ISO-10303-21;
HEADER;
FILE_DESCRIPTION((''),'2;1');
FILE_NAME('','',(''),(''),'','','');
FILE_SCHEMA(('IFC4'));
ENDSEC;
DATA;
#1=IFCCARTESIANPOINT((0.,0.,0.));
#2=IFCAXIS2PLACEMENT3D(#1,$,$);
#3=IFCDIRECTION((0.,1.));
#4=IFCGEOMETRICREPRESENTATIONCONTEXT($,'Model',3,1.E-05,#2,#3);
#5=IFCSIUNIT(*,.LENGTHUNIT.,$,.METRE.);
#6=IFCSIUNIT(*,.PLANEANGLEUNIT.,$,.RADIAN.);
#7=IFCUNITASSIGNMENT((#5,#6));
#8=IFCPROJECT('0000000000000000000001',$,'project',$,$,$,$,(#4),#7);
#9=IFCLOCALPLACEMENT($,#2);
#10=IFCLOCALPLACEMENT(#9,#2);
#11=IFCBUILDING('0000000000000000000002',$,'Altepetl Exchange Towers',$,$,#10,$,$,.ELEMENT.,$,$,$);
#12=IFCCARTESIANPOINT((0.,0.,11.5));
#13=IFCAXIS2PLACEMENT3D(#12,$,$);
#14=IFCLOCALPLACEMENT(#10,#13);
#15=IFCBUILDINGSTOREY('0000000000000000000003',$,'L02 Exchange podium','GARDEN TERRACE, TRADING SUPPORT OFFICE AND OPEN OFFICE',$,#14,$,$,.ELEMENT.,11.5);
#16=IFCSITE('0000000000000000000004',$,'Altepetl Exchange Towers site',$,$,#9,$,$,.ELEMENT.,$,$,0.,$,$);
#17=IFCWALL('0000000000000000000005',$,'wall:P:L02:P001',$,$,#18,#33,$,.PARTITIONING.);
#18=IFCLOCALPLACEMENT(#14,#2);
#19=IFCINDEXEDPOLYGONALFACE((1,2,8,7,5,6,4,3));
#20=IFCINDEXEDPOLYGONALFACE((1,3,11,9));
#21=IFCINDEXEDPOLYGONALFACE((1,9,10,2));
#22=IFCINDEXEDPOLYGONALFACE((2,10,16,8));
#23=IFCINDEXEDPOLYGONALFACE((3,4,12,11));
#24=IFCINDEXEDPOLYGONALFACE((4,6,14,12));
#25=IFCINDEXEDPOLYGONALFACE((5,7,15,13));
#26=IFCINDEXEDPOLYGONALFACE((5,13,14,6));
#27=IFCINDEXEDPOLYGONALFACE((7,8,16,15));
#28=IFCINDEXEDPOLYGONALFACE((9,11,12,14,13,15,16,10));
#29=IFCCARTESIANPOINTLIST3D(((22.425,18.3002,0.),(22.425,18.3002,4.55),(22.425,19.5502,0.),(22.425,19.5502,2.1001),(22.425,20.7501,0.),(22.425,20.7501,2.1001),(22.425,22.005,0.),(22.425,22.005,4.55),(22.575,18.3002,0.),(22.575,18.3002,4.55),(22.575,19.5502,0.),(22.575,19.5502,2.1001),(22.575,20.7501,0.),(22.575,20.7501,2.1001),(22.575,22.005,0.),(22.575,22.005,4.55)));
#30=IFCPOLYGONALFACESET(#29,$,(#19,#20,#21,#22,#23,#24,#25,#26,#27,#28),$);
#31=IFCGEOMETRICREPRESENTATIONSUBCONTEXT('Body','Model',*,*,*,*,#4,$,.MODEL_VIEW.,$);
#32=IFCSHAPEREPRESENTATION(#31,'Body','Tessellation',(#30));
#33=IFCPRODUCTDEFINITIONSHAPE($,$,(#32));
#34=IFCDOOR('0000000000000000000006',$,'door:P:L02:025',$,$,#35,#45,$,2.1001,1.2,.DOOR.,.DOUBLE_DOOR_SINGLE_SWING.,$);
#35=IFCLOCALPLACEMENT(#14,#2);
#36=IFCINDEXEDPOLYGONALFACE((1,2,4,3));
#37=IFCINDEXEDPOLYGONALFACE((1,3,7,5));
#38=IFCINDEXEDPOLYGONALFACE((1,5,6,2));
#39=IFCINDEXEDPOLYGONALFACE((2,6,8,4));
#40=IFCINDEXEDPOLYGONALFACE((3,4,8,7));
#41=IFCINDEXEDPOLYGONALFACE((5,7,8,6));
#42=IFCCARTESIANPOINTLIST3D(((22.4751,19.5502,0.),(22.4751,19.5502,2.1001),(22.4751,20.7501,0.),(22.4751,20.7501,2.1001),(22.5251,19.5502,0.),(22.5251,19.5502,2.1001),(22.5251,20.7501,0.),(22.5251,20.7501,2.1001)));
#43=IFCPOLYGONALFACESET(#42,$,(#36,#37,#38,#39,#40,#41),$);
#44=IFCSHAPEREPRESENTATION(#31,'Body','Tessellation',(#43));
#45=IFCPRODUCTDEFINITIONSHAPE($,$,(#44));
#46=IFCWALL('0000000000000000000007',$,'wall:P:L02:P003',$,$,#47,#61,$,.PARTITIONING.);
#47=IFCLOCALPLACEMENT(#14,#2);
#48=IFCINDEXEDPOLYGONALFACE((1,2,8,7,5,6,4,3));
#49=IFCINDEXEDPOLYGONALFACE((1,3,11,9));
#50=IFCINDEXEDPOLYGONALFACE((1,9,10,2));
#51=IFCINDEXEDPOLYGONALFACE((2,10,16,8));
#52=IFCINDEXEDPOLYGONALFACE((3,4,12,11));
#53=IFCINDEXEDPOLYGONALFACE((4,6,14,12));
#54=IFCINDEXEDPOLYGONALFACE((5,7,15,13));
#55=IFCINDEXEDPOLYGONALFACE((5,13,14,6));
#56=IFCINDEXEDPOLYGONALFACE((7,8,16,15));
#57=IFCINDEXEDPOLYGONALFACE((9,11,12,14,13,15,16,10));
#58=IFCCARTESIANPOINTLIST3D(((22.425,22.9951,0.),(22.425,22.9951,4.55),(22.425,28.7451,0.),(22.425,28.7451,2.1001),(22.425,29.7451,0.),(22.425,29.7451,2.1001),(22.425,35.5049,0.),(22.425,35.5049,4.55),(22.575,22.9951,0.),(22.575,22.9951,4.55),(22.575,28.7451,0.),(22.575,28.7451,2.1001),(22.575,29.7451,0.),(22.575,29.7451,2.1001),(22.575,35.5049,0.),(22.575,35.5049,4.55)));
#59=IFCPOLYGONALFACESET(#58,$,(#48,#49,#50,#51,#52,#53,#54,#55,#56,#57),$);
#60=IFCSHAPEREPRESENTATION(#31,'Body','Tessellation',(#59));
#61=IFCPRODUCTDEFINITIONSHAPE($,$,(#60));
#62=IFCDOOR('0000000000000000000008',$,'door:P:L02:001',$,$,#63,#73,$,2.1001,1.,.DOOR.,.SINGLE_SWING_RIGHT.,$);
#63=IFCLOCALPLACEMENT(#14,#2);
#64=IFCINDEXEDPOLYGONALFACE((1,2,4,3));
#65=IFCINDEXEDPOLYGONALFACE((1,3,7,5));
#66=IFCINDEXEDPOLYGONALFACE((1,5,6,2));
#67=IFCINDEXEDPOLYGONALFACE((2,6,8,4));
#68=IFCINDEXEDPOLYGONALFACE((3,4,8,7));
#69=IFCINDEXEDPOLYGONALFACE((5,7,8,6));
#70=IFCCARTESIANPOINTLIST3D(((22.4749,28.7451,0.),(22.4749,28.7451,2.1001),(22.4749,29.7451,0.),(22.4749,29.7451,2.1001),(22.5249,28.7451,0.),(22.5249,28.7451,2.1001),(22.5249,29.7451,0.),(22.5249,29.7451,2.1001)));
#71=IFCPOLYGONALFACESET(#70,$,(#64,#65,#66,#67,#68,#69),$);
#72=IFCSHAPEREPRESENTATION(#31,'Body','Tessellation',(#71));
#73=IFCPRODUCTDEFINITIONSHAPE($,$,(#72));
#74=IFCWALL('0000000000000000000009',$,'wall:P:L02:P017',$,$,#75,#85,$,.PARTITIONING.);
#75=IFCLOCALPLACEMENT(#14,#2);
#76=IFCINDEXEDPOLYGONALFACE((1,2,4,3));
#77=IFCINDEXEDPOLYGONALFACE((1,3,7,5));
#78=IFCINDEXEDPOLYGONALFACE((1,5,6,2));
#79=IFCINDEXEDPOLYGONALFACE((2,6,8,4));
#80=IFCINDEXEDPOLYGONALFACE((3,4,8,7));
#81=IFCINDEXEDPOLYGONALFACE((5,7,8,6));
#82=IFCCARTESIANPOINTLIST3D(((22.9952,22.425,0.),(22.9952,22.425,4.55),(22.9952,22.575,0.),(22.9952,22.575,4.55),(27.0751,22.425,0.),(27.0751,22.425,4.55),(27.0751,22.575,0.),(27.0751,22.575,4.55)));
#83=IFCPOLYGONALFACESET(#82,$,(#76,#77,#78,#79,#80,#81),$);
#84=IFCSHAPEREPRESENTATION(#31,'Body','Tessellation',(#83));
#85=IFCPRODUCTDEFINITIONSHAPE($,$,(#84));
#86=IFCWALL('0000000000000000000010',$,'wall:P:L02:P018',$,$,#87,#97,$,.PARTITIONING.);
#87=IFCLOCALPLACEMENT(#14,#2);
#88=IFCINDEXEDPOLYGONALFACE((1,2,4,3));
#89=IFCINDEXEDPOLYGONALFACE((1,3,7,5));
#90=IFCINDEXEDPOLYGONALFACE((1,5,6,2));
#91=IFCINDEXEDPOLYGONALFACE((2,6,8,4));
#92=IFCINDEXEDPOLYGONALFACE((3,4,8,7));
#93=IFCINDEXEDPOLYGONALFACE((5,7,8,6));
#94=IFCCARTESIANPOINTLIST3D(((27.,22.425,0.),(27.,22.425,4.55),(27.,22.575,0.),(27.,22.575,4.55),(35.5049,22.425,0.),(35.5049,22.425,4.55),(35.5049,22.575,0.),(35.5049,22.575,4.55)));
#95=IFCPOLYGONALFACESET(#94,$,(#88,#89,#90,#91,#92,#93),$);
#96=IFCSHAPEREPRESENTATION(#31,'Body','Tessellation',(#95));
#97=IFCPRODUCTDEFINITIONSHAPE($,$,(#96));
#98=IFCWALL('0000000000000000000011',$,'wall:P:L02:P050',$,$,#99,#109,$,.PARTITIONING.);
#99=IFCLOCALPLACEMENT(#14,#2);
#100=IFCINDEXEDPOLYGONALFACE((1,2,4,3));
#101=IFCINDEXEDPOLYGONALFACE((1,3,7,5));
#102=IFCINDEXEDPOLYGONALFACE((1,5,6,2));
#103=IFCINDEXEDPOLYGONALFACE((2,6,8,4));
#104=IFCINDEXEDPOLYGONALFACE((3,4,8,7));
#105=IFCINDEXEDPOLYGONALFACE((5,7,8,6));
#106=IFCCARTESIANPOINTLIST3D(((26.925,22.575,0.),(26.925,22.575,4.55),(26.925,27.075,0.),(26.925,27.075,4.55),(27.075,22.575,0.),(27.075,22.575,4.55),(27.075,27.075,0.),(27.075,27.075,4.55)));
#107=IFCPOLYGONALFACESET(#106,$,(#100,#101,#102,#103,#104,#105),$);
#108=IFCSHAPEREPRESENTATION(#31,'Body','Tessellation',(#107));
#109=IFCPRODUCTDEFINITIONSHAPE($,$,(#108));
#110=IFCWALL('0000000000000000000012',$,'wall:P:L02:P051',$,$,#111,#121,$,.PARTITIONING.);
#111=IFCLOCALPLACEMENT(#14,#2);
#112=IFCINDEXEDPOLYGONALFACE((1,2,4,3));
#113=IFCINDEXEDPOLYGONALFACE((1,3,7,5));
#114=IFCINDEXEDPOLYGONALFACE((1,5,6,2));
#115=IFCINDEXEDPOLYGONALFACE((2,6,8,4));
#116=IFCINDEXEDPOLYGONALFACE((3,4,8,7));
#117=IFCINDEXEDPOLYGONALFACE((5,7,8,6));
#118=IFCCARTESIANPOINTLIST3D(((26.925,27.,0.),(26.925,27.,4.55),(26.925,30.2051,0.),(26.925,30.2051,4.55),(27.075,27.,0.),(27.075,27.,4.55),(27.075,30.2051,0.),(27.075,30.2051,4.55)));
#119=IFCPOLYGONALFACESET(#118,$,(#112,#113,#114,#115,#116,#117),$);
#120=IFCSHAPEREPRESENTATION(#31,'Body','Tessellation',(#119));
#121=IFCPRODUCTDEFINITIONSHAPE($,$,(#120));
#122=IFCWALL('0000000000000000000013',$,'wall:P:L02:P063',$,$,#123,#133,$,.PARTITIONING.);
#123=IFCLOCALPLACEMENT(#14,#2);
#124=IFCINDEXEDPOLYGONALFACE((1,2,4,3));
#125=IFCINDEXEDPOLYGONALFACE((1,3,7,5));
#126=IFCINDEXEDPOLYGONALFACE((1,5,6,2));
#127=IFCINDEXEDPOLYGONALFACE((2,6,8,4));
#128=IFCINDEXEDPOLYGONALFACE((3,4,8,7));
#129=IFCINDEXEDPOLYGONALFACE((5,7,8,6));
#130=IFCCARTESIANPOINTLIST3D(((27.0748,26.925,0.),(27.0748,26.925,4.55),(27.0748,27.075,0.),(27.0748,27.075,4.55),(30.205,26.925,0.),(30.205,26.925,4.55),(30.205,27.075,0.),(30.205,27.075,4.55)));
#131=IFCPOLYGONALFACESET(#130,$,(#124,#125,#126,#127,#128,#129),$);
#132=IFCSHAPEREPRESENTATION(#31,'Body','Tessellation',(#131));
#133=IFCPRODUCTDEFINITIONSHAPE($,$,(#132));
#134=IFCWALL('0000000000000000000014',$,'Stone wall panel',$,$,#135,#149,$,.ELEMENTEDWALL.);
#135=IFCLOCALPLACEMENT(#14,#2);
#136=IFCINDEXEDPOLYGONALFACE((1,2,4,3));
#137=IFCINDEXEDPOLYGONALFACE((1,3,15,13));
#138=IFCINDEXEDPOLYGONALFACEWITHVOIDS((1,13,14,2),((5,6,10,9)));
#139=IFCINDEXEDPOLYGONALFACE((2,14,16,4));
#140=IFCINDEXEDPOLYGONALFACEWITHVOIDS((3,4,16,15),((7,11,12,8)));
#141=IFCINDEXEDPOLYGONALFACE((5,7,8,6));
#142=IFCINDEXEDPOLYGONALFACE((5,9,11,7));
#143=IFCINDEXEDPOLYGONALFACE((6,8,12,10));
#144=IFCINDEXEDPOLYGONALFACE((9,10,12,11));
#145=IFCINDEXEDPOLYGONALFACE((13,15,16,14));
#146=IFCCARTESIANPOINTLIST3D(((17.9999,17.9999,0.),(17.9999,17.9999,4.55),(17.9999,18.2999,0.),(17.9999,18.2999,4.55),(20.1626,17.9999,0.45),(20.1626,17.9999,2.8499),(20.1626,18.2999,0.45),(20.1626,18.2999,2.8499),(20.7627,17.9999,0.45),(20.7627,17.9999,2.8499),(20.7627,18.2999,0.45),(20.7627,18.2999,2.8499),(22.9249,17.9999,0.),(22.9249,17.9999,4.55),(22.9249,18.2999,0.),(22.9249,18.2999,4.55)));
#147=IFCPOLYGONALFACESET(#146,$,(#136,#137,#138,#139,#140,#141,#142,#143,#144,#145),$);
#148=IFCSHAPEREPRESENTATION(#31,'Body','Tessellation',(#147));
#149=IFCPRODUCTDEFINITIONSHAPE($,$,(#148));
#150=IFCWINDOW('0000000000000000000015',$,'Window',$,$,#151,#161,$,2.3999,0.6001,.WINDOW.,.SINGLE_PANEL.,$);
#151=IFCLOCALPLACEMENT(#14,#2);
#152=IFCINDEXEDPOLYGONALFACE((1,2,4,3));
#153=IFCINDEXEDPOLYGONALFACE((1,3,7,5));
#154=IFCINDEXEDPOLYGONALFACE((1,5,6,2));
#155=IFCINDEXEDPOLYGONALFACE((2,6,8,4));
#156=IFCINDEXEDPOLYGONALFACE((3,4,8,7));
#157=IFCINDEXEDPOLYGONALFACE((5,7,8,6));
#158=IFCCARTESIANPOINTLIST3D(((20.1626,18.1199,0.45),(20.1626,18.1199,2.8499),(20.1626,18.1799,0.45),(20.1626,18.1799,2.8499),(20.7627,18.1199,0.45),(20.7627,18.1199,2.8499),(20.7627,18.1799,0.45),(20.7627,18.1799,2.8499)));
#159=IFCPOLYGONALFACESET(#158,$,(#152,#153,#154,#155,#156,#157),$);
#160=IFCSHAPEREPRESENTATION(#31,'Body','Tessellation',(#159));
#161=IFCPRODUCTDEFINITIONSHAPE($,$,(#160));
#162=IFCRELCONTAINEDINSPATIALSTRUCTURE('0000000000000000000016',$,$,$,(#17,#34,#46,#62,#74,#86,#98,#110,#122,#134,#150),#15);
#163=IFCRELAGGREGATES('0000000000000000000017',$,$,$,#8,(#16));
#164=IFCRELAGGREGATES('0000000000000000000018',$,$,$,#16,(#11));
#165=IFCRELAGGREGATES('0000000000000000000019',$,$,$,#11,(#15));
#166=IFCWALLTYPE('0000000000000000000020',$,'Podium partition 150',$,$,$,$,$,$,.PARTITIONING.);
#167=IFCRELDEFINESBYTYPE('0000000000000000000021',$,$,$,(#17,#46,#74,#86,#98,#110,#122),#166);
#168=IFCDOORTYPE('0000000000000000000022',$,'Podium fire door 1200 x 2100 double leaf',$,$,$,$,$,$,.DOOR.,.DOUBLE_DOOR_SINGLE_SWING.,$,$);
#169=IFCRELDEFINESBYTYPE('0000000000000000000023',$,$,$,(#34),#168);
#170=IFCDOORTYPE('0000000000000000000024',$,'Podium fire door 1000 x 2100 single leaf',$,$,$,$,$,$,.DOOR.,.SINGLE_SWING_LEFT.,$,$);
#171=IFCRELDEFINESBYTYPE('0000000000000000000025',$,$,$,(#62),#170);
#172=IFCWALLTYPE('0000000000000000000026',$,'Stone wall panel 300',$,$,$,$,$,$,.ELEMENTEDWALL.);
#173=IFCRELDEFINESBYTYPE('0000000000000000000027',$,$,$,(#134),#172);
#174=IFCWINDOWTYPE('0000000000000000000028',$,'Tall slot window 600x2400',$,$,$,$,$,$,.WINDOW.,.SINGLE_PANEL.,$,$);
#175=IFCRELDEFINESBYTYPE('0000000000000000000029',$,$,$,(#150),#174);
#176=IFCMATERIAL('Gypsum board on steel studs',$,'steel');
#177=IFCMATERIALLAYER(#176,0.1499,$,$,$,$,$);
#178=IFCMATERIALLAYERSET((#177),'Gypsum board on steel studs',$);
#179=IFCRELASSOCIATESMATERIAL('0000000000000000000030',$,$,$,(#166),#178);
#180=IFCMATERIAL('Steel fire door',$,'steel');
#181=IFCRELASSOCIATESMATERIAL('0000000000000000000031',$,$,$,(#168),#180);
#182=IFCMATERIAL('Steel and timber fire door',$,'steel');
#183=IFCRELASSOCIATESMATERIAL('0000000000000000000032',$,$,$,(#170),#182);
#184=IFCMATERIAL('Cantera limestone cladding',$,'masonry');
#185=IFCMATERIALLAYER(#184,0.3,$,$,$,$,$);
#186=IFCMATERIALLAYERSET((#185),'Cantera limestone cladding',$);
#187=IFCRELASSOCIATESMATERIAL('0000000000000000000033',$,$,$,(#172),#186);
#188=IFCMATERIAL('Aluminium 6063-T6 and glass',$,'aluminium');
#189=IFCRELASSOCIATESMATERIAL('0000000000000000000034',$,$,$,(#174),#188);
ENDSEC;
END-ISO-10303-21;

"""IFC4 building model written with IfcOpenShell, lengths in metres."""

from ifc_helpers import new_model, si_unit, direction, frame, frame_2d, origin, place, context, subcontext, project, spatial, rectangle, extrude, material, layer, layer_set, type_object, element, fill, save


model = new_model("IFC4")

# Units and contexts
model_context = context("Model", 3, precision=1e-05, world=origin(), true_north=direction((0.0, 1.0)))
body_context = subcontext(model_context, "Body", "Model", "MODEL_VIEW")
ifc_project = project(units=[si_unit("LENGTHUNIT", "METRE"), si_unit("PLANEANGLEUNIT", "RADIAN")], contexts=[model_context])

# Site, building, storey
site_placement = place(None, origin())
site = spatial("IfcSite", under=ifc_project, at=site_placement, Name="Altepetl Exchange Towers site", CompositionType="ELEMENT", RefElevation=0.0)
building_placement = place(site_placement, origin())
building = spatial("IfcBuilding", under=site, at=building_placement, Name="Altepetl Exchange Towers", CompositionType="ELEMENT")
storey_placement = place(building_placement, frame((0.0, 0.0, 11.5)))
storey = spatial("IfcBuildingStorey", under=building, at=storey_placement, Name="L02 Exchange podium", Description="GARDEN TERRACE, TRADING SUPPORT OFFICE AND OPEN OFFICE", CompositionType="ELEMENT", Elevation=11.5)

# Shared definitions
ifc_material_1 = material(Name="Aluminium 6063-T6 and glass", Category="aluminium")

# Walls, openings, doors
ifc_material_2 = material(Name="Gypsum board on steel studs", Category="steel")
ifc_layer_1 = layer(ifc_material_2, 0.1499)
ifc_layer_set_1 = layer_set([ifc_layer_1], Name="Gypsum board on steel studs")
wall_type_1 = type_object("IfcWallType", Name="Podium partition 150", PredefinedType="PARTITIONING", material=ifc_layer_set_1)
wall_1_placement = place(storey_placement, frame((22.5, 18.3, 0.0), z_axis=(0.0, 0.0, 1.0), x_axis=(0.0, 1.0, 0.0)))
wall_1 = element("IfcWall", 1, at=wall_1_placement, inside=storey, type_object=wall_type_1, Name="wall:P:L02:P001", PredefinedType="PARTITIONING", context=body_context, shape_type="SweptSolid", body=[
    extrude(rectangle(XDim=3.7048, YDim=0.1499, at=frame_2d((1.8525, 0.0))), origin(), (0.0, 0.0, 1.0), 4.55),
])
opening_1_placement = place(wall_1_placement, frame((1.25, 0.0, 0.0)))
opening_1 = element("IfcOpeningElement", 2, at=opening_1_placement, cuts=wall_1, PredefinedType="OPENING", context=body_context, shape_type="SweptSolid", body=[
    extrude(rectangle(XDim=1.2, YDim=2.1001, at=frame_2d((0.6001, 1.05))), frame((0.0, 0.085, 0.0), z_axis=(0.0, -1.0, 0.0), x_axis=(1.0, 0.0, 0.0)), (0.0, 0.0, 1.0), 0.1699),
])
ifc_material_3 = material(Name="Steel fire door", Category="steel")
door_type_1 = type_object("IfcDoorType", Name="Podium fire door 1200 x 2100 double leaf", OperationType="DOUBLE_DOOR_SINGLE_SWING", PredefinedType="DOOR", material=ifc_material_3)
door_1_placement = place(opening_1_placement, origin())
door_1 = element("IfcDoor", 3, at=door_1_placement, inside=storey, type_object=door_type_1, Name="door:P:L02:025", OperationType="DOUBLE_DOOR_SINGLE_SWING", OverallHeight=2.1001, OverallWidth=1.2, PredefinedType="DOOR", context=body_context, shape_type="SweptSolid", body=[
    extrude(rectangle(XDim=1.2, YDim=2.1001, at=frame_2d((0.6001, 1.05))), frame((0.0, 0.0249, 0.0), z_axis=(0.0, -1.0, 0.0), x_axis=(1.0, 0.0, 0.0)), (0.0, 0.0, 1.0), 0.05),
])
fill(opening_1, door_1)
wall_2_placement = place(storey_placement, frame((22.5, 22.9951, 0.0), z_axis=(0.0, 0.0, 1.0), x_axis=(0.0, 1.0, 0.0)))
wall_2 = element("IfcWall", 4, at=wall_2_placement, inside=storey, type_object=wall_type_1, Name="wall:P:L02:P003", PredefinedType="PARTITIONING", context=body_context, shape_type="SweptSolid", body=[
    extrude(rectangle(XDim=12.5098, YDim=0.1499, at=frame_2d((6.2549, 0.0))), origin(), (0.0, 0.0, 1.0), 4.55),
])
opening_2_placement = place(wall_2_placement, frame((5.75, 0.0, 0.0)))
opening_2 = element("IfcOpeningElement", 5, at=opening_2_placement, cuts=wall_2, PredefinedType="OPENING", context=body_context, shape_type="SweptSolid", body=[
    extrude(rectangle(XDim=1.0, YDim=2.1001, at=frame_2d((0.5, 1.05))), frame((0.0, 0.085, 0.0), z_axis=(0.0, -1.0, 0.0), x_axis=(1.0, 0.0, 0.0)), (0.0, 0.0, 1.0), 0.1699),
])
ifc_material_4 = material(Name="Steel and timber fire door", Category="steel")
door_type_2 = type_object("IfcDoorType", Name="Podium fire door 1000 x 2100 single leaf", OperationType="SINGLE_SWING_LEFT", PredefinedType="DOOR", material=ifc_material_4)
door_2_placement = place(opening_2_placement, frame((1.0, 0.0, 0.0), x_axis=(-1.0, 0.0, 0.0)))
door_2 = element("IfcDoor", 6, at=door_2_placement, inside=storey, type_object=door_type_2, Name="door:P:L02:001", OperationType="SINGLE_SWING_RIGHT", OverallHeight=2.1001, OverallWidth=1.0, PredefinedType="DOOR", context=body_context, shape_type="SweptSolid", body=[
    extrude(rectangle(XDim=1.0, YDim=2.1001, at=frame_2d((0.5, 1.05))), frame((0.0, 0.0249, 0.0), z_axis=(0.0, -1.0, 0.0), x_axis=(1.0, 0.0, 0.0)), (0.0, 0.0, 1.0), 0.05),
])
fill(opening_2, door_2)

# Walls
wall_3_placement = place(storey_placement, frame((22.9951, 22.5, 0.0)))
element("IfcWall", 7, at=wall_3_placement, inside=storey, type_object=wall_type_1, Name="wall:P:L02:P017", PredefinedType="PARTITIONING", context=body_context, shape_type="SweptSolid", body=[
    extrude(rectangle(XDim=4.0798, YDim=0.1499, at=frame_2d((2.04, 0.0))), origin(), (0.0, 0.0, 1.0), 4.55),
])
wall_4_placement = place(storey_placement, frame((27.0, 22.5, 0.0)))
element("IfcWall", 8, at=wall_4_placement, inside=storey, type_object=wall_type_1, Name="wall:P:L02:P018", PredefinedType="PARTITIONING", context=body_context, shape_type="SweptSolid", body=[
    extrude(rectangle(XDim=8.5049, YDim=0.1499, at=frame_2d((4.2524, 0.0))), origin(), (0.0, 0.0, 1.0), 4.55),
])
wall_5_placement = place(storey_placement, frame((27.0, 22.575, 0.0), z_axis=(0.0, 0.0, 1.0), x_axis=(0.0, 1.0, 0.0)))
element("IfcWall", 9, at=wall_5_placement, inside=storey, type_object=wall_type_1, Name="wall:P:L02:P050", PredefinedType="PARTITIONING", context=body_context, shape_type="SweptSolid", body=[
    extrude(rectangle(XDim=4.5, YDim=0.1499, at=frame_2d((2.25, 0.0))), origin(), (0.0, 0.0, 1.0), 4.55),
])
wall_6_placement = place(storey_placement, frame((27.0, 27.0, 0.0), z_axis=(0.0, 0.0, 1.0), x_axis=(0.0, 1.0, 0.0)))
element("IfcWall", 10, at=wall_6_placement, inside=storey, type_object=wall_type_1, Name="wall:P:L02:P051", PredefinedType="PARTITIONING", context=body_context, shape_type="SweptSolid", body=[
    extrude(rectangle(XDim=3.2051, YDim=0.1499, at=frame_2d((1.6025, 0.0))), origin(), (0.0, 0.0, 1.0), 4.55),
])
wall_7_placement = place(storey_placement, frame((27.075, 27.0, 0.0)))
element("IfcWall", 11, at=wall_7_placement, inside=storey, type_object=wall_type_1, Name="wall:P:L02:P063", PredefinedType="PARTITIONING", context=body_context, shape_type="SweptSolid", body=[
    extrude(rectangle(XDim=3.1301, YDim=0.1499, at=frame_2d((1.5649, 0.0))), origin(), (0.0, 0.0, 1.0), 4.55),
])

# Wall, opening, window
ifc_material_5 = material(Name="Cantera limestone cladding", Category="masonry")
ifc_layer_2 = layer(ifc_material_5, 0.3)
ifc_layer_set_2 = layer_set([ifc_layer_2], Name="Cantera limestone cladding")
wall_type_2 = type_object("IfcWallType", Name="Stone wall panel 300", PredefinedType="ELEMENTEDWALL", material=ifc_layer_set_2)
wall_8_placement = place(storey_placement, frame((18.0, 18.1499, 0.0)))
wall_8 = element("IfcWall", 12, at=wall_8_placement, inside=storey, type_object=wall_type_2, Name="Stone wall panel", PredefinedType="ELEMENTEDWALL", context=body_context, shape_type="SweptSolid", body=[
    extrude(rectangle(XDim=4.925, YDim=0.3, at=frame_2d((2.4624, 0.0))), origin(), (0.0, 0.0, 1.0), 4.55),
])
opening_3_placement = place(wall_8_placement, frame((2.1626, 0.0, 0.45)))
opening_3 = element("IfcOpeningElement", 13, at=opening_3_placement, cuts=wall_8, PredefinedType="OPENING", context=body_context, shape_type="SweptSolid", body=[
    extrude(rectangle(XDim=0.6001, YDim=2.3999, at=frame_2d((0.3, 1.2))), frame((0.0, 0.1602, 0.0), z_axis=(0.0, -1.0, 0.0), x_axis=(1.0, 0.0, 0.0)), (0.0, 0.0, 1.0), 0.3201),
])
window_type = type_object("IfcWindowType", Name="Tall slot window 600x2400", PartitioningType="SINGLE_PANEL", PredefinedType="WINDOW", material=ifc_material_1)
window_1_placement = place(opening_3_placement, origin())
window_1 = element("IfcWindow", 14, at=window_1_placement, inside=storey, type_object=window_type, Name="Window", OverallHeight=2.3999, OverallWidth=0.6001, PartitioningType="SINGLE_PANEL", PredefinedType="WINDOW", context=body_context, shape_type="SweptSolid", body=[
    extrude(rectangle(XDim=0.6001, YDim=2.3999, at=frame_2d((0.3, 1.2))), frame((0.0, 0.03, 0.0), z_axis=(0.0, -1.0, 0.0), x_axis=(1.0, 0.0, 0.0)), (0.0, 0.0, 1.0), 0.0601),
])
fill(opening_3, window_1)

save(model, "model.ifc")
